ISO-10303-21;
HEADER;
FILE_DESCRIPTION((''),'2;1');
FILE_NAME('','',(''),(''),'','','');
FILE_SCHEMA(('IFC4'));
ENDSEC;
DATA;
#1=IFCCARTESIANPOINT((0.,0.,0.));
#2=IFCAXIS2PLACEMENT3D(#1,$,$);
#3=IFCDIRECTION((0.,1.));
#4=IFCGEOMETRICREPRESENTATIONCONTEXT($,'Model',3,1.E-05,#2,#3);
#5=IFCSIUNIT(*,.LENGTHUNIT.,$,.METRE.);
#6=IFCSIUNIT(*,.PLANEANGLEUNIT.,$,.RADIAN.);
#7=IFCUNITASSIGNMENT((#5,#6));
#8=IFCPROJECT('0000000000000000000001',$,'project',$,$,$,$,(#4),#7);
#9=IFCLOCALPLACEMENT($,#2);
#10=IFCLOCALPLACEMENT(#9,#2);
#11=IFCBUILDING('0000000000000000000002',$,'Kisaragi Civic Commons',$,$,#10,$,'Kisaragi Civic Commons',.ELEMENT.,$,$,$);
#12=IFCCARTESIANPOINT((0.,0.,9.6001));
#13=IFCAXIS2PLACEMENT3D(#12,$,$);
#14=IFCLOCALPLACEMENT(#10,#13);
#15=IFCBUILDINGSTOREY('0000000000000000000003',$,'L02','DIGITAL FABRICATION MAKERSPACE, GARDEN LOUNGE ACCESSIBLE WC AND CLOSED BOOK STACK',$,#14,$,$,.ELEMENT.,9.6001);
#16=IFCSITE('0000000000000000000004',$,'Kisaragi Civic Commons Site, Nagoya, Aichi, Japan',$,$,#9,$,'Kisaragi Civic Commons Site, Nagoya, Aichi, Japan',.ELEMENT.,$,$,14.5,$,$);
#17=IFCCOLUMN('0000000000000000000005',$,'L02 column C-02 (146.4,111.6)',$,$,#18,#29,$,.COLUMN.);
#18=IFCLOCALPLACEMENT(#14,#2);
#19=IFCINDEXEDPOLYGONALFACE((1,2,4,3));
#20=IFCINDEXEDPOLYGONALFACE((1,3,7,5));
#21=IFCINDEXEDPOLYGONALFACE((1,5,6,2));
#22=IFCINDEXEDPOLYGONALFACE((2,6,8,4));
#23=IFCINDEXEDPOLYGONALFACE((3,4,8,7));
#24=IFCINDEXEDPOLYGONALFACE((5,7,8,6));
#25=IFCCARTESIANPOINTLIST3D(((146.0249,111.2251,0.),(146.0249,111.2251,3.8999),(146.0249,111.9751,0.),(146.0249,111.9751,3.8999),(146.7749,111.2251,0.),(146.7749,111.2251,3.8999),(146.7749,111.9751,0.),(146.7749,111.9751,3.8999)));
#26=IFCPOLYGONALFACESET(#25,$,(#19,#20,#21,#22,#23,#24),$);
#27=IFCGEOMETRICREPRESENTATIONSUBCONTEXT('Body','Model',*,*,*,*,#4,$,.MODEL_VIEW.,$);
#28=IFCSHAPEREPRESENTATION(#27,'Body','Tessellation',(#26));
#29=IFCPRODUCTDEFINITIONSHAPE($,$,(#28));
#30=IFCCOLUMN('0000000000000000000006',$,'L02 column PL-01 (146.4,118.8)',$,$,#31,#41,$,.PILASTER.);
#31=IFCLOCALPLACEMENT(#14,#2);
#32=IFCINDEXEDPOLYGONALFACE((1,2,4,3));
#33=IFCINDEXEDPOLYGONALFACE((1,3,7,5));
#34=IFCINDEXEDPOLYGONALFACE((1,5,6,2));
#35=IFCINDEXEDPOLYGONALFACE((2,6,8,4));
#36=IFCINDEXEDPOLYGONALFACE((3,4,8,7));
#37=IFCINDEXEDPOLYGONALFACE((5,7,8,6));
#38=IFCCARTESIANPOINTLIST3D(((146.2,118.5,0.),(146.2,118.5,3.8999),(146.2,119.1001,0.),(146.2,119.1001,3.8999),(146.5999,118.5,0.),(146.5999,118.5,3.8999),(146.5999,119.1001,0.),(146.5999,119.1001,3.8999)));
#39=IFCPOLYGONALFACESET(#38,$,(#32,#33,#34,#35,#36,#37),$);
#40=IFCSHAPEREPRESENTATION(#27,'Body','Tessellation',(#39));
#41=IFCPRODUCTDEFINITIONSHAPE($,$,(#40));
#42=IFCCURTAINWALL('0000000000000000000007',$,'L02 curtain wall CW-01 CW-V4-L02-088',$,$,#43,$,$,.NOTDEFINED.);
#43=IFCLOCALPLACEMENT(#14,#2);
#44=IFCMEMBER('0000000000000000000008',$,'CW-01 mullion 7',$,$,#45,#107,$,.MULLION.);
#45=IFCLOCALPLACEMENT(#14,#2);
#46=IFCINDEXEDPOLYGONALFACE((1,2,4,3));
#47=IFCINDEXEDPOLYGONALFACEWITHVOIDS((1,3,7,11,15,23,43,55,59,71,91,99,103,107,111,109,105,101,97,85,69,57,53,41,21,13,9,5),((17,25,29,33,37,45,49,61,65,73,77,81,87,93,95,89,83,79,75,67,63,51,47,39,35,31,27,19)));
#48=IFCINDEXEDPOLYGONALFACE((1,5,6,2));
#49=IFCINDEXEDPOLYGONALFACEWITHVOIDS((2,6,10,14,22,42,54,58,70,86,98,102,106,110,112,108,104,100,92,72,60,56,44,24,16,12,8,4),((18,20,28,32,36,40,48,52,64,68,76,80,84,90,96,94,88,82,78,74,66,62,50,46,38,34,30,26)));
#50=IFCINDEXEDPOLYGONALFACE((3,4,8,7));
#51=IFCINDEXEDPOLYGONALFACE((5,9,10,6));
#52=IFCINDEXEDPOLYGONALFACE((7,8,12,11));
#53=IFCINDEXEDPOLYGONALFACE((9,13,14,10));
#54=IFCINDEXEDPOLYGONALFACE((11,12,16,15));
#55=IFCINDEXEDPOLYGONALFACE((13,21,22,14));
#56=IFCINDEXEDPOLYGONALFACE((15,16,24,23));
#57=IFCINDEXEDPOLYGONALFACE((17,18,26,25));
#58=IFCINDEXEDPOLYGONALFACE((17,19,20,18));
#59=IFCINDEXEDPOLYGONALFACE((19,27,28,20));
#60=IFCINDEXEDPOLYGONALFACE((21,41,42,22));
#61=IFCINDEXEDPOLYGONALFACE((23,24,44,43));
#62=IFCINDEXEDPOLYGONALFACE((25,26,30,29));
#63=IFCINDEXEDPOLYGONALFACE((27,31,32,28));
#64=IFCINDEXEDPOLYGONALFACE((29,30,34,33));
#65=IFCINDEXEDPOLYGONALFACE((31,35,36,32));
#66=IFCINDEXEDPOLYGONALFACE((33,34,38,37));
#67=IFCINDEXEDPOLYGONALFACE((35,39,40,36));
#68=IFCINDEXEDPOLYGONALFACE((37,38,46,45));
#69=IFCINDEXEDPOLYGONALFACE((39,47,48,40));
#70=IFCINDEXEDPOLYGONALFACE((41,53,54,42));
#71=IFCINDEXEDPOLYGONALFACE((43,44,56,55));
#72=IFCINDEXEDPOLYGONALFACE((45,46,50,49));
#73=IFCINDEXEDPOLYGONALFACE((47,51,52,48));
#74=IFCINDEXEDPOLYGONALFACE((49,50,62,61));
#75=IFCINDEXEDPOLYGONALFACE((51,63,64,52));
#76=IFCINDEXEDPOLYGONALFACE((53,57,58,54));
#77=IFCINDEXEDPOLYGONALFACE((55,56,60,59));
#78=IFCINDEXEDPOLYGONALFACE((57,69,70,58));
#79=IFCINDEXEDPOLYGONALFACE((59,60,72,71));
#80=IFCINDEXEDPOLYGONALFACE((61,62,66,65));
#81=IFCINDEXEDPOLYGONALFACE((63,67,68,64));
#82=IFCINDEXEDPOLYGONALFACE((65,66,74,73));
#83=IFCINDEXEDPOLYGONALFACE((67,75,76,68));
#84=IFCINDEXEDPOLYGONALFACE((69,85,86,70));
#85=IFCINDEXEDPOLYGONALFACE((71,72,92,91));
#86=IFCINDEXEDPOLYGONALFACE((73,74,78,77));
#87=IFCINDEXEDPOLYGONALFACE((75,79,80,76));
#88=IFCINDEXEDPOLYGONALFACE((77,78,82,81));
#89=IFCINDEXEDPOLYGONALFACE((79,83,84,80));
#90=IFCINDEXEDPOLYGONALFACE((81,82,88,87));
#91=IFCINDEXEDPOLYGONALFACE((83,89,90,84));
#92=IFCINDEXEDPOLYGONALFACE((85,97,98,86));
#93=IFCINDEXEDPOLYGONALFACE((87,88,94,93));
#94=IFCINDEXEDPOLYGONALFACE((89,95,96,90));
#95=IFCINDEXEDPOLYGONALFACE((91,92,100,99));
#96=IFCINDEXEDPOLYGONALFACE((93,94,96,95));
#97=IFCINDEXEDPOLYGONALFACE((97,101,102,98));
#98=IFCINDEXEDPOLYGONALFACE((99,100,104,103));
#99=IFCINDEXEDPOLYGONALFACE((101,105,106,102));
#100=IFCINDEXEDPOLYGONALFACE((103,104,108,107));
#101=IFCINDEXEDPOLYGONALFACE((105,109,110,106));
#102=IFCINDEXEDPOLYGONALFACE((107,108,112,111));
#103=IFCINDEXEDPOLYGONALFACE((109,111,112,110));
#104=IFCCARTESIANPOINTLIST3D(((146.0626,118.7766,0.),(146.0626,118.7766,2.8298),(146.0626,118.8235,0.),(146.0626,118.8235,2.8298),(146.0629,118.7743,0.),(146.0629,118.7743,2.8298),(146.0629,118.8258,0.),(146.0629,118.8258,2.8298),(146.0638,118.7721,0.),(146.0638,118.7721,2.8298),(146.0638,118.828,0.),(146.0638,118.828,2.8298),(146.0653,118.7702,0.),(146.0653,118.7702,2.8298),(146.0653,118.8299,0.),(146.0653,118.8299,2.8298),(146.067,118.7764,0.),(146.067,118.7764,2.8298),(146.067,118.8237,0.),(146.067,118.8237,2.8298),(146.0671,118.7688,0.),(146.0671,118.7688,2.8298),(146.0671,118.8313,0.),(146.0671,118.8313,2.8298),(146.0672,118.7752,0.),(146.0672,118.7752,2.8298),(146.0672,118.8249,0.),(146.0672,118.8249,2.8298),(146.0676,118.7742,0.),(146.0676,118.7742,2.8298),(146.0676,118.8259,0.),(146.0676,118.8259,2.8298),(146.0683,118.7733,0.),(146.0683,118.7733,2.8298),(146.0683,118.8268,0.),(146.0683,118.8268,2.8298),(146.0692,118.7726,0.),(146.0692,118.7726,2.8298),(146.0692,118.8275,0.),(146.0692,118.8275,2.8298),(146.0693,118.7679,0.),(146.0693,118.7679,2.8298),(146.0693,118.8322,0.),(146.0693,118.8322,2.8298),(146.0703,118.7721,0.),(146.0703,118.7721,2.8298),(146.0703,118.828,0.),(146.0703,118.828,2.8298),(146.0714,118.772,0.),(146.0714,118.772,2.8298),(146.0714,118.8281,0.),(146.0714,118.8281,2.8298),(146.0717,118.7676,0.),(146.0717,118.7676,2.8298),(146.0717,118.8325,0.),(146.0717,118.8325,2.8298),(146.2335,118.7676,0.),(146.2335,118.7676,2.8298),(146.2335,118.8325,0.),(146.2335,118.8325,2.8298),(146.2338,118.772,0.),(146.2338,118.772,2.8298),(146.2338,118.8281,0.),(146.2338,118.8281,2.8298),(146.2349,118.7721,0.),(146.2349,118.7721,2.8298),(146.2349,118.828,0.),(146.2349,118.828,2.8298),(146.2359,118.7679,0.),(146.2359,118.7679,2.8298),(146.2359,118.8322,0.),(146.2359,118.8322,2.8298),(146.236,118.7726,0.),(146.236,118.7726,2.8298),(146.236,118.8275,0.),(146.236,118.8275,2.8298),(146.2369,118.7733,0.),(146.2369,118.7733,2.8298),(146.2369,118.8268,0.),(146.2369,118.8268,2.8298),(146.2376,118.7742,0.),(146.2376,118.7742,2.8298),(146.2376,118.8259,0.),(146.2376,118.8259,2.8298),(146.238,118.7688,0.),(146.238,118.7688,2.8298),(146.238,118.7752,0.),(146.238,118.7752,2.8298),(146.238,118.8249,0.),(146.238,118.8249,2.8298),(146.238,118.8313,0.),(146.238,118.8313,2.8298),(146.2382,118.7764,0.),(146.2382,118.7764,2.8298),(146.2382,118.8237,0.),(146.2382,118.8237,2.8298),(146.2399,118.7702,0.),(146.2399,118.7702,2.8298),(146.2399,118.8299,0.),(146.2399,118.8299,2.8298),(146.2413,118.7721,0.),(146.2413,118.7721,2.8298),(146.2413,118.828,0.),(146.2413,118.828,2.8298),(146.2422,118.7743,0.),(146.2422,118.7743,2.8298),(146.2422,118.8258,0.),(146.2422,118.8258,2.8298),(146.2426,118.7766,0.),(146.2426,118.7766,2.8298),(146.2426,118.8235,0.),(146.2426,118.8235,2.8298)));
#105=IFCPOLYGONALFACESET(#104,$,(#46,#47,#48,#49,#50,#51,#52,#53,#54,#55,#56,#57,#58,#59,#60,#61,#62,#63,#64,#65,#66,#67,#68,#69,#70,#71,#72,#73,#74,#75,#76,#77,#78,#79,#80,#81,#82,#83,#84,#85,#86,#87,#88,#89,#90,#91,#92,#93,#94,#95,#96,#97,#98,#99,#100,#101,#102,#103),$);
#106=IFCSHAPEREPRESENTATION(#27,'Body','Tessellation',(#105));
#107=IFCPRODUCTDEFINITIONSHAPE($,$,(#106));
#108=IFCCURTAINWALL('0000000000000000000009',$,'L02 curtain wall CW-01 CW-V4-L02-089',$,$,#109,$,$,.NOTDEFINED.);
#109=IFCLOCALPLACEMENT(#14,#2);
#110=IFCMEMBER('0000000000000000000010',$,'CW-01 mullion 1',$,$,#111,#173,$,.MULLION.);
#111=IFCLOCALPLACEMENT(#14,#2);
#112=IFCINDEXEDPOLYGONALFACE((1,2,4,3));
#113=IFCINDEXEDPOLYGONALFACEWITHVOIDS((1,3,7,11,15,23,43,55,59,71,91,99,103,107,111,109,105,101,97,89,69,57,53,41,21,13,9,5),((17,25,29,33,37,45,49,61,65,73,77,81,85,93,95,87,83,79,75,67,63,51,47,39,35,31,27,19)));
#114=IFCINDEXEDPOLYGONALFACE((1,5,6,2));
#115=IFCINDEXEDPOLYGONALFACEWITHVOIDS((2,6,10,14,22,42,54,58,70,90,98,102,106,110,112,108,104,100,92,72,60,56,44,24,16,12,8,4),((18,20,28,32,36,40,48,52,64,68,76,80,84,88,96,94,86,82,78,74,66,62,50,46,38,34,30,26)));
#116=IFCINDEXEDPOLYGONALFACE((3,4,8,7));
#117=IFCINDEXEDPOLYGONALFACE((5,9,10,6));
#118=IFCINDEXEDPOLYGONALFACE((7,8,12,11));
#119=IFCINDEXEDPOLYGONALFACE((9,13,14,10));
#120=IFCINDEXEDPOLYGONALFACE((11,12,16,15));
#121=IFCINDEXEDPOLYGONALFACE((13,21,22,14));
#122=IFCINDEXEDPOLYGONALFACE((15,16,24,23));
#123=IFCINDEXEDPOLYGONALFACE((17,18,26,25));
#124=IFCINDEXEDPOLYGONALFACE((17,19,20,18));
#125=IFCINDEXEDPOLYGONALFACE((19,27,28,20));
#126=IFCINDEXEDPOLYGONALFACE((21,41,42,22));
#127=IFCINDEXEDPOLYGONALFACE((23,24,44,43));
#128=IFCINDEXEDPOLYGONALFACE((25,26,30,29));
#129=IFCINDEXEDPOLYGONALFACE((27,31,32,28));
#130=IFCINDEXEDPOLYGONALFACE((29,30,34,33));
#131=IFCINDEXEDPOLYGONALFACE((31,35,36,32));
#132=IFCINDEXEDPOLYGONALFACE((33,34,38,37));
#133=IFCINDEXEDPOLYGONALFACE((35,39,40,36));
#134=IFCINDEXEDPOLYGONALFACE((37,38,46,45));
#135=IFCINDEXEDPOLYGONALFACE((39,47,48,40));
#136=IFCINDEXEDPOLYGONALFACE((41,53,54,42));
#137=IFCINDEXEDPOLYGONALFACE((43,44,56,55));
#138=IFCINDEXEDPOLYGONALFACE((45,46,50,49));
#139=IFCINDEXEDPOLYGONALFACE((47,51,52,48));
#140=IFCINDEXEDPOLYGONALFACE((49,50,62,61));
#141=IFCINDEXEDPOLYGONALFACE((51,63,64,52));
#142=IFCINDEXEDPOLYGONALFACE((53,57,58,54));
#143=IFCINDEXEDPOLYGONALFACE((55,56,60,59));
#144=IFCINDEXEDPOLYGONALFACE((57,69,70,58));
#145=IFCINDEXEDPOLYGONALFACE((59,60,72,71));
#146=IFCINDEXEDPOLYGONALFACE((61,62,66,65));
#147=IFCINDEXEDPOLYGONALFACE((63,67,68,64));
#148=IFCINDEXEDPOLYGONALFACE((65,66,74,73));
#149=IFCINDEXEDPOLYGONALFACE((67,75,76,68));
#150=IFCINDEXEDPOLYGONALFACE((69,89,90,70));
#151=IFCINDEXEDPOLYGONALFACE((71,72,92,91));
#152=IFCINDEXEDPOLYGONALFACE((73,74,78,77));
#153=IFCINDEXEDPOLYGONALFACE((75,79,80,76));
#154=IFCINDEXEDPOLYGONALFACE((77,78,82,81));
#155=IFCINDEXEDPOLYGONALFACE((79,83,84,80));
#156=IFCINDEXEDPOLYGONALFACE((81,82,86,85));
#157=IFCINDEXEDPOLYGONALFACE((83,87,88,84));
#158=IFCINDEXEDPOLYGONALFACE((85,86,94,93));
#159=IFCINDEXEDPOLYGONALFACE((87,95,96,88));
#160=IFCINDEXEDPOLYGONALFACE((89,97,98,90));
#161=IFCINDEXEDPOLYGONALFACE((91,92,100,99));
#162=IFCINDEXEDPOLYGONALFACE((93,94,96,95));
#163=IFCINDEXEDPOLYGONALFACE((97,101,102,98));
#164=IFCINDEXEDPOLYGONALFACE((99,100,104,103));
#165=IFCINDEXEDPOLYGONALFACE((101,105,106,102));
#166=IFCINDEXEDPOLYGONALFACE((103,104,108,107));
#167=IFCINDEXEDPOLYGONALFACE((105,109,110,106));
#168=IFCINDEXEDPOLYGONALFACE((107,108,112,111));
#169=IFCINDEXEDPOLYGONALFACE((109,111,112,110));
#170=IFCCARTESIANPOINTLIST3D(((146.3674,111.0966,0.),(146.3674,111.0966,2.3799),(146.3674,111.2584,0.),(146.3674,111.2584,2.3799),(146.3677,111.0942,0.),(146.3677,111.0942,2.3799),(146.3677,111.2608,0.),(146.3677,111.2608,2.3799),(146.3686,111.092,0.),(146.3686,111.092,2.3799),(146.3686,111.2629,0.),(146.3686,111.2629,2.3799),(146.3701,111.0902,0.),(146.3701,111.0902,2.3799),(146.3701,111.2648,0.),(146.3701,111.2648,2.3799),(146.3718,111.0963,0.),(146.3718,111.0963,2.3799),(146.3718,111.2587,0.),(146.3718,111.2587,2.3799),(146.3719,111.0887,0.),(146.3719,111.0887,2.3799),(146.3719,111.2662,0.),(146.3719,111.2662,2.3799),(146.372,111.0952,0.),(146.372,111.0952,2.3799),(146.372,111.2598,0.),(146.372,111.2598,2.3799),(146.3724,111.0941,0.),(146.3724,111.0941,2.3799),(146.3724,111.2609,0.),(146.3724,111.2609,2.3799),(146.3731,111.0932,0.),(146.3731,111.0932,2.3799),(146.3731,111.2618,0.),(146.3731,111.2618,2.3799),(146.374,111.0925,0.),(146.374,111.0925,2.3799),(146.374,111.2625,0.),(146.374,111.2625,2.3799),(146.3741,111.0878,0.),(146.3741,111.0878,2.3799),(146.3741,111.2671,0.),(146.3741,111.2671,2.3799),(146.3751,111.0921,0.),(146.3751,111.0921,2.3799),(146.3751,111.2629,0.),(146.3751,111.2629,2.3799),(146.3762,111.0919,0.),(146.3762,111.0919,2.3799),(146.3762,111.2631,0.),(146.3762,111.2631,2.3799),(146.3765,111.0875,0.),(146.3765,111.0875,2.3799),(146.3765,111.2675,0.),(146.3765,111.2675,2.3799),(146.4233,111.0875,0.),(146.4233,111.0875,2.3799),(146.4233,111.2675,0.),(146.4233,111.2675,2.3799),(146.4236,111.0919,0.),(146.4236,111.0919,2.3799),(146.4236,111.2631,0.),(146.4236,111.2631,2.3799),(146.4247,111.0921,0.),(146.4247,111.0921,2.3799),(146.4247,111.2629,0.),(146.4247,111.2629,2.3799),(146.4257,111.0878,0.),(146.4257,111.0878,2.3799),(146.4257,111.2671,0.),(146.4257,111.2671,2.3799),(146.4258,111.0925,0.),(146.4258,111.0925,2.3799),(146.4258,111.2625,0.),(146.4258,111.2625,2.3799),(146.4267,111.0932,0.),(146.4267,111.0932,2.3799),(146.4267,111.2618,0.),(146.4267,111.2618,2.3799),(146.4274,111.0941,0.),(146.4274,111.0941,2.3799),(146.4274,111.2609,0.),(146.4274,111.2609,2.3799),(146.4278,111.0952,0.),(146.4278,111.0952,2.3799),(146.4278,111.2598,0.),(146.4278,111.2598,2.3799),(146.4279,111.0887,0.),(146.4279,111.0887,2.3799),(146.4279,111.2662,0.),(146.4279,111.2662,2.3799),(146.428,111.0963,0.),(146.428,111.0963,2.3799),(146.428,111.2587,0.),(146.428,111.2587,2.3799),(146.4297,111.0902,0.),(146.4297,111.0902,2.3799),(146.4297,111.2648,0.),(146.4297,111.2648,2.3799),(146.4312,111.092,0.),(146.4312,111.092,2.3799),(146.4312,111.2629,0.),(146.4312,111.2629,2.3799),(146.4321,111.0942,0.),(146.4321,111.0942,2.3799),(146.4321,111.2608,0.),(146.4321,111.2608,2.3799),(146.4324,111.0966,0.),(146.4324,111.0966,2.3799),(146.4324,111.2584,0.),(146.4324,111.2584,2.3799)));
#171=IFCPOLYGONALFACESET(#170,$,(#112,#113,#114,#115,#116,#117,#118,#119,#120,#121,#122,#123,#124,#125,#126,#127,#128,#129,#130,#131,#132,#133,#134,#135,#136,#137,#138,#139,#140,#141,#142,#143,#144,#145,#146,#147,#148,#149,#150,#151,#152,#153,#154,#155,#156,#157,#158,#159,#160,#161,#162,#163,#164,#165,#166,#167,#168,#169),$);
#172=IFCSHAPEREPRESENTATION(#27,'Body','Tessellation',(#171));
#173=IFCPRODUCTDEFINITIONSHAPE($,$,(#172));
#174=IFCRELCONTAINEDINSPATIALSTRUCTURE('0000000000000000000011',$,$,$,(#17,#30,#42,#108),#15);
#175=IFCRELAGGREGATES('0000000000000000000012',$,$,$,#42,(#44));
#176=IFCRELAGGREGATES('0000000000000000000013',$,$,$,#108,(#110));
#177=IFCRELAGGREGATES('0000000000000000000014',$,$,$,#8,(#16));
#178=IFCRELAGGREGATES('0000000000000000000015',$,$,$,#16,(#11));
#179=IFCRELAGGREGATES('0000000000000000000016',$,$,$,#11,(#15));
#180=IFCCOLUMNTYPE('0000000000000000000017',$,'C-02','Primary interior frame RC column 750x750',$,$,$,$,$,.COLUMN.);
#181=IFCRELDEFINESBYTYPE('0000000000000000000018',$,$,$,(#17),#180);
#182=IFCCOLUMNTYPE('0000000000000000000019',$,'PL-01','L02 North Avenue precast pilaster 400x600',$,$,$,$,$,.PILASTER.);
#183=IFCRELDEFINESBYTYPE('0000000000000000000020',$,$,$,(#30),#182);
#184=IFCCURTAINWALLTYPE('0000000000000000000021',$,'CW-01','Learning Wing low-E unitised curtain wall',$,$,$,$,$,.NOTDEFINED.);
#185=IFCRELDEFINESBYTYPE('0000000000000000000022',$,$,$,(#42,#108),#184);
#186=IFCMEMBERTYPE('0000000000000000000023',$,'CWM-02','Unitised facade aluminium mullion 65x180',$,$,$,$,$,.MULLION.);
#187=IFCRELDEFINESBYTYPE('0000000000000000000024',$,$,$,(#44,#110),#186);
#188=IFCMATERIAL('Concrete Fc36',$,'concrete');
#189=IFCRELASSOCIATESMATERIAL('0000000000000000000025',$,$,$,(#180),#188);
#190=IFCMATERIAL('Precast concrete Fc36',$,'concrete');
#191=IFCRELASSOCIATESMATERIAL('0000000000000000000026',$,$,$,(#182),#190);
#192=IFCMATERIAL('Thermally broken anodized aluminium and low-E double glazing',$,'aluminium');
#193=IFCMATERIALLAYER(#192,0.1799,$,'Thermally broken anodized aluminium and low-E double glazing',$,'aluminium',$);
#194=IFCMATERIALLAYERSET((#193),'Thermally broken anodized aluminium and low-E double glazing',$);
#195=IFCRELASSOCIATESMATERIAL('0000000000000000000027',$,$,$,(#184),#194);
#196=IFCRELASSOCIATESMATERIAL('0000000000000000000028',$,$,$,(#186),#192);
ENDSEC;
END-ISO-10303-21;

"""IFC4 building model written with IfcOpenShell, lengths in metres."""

from ifc_helpers import new_model, si_unit, direction, frame, origin, origin_2d, place, context, subcontext, project, spatial, rectangle, hollow_rectangle, extrude, material, layer, layer_set, material_profile, profile_set, type_object, element, aggregate, save


model = new_model("IFC4")

# Units and contexts
model_context = context("Model", 3, precision=1e-05, world=origin(), true_north=direction((0.0, 1.0)))
body_context = subcontext(model_context, "Body", "Model", "MODEL_VIEW")
ifc_project = project(units=[si_unit("LENGTHUNIT", "METRE"), si_unit("PLANEANGLEUNIT", "RADIAN")], contexts=[model_context])

# Site, building, storey
site_placement = place(None, origin())
site = spatial("IfcSite", under=ifc_project, at=site_placement, Name="Kisaragi Civic Commons Site, Nagoya, Aichi, Japan", LongName="Kisaragi Civic Commons Site, Nagoya, Aichi, Japan", CompositionType="ELEMENT", RefElevation=14.5)
building_placement = place(site_placement, origin())
building = spatial("IfcBuilding", under=site, at=building_placement, Name="Kisaragi Civic Commons", LongName="Kisaragi Civic Commons", CompositionType="ELEMENT")
storey_placement = place(building_placement, frame((0.0, 0.0, 9.6001)))
storey = spatial("IfcBuildingStorey", under=building, at=storey_placement, Name="L02", Description="DIGITAL FABRICATION MAKERSPACE, GARDEN LOUNGE ACCESSIBLE WC AND CLOSED BOOK STACK", CompositionType="ELEMENT", Elevation=9.6001)

# Columns
ifc_material_1 = material(Name="Concrete Fc36", Category="concrete")
ifc_material_profile_1 = material_profile(ifc_material_1, rectangle(XDim=0.75, YDim=0.75, at=origin_2d()), Name="RC-750x750", Category="concrete")
ifc_profile_set_1 = profile_set([ifc_material_profile_1], Name="Concrete Fc36")
column_type_1 = type_object("IfcColumnType", Name="C-02", Description="Primary interior frame RC column 750x750", PredefinedType="COLUMN", material=ifc_profile_set_1)
column_1_placement = place(storey_placement, frame((146.3999, 111.6001, 0.0), z_axis=(0.0, 0.0, 1.0), x_axis=(1.0, 0.0, 0.0)))
element("IfcColumn", 1, at=column_1_placement, inside=storey, type_object=column_type_1, Name="L02 column C-02 (146.4,111.6)", PredefinedType="COLUMN", context=body_context, shape_type="SweptSolid", body=[
    extrude(rectangle(XDim=0.75, YDim=0.75, at=origin_2d()), origin(), (0.0, 0.0, 1.0), 3.8999),
])
ifc_material_2 = material(Name="Precast concrete Fc36", Category="concrete")
ifc_material_profile_2 = material_profile(ifc_material_2, rectangle(XDim=0.3999, YDim=0.6001, at=origin_2d()), Name="RC-400x600", Category="concrete")
ifc_profile_set_2 = profile_set([ifc_material_profile_2], Name="Precast concrete Fc36")
column_type_2 = type_object("IfcColumnType", Name="PL-01", Description="L02 North Avenue precast pilaster 400x600", PredefinedType="PILASTER", material=ifc_profile_set_2)
column_2_placement = place(storey_placement, frame((146.3999, 118.8, 0.0), z_axis=(0.0, 0.0, 1.0), x_axis=(1.0, 0.0, 0.0)))
element("IfcColumn", 2, at=column_2_placement, inside=storey, type_object=column_type_2, Name="L02 column PL-01 (146.4,118.8)", PredefinedType="PILASTER", context=body_context, shape_type="SweptSolid", body=[
    extrude(rectangle(XDim=0.3999, YDim=0.6001, at=origin_2d()), origin(), (0.0, 0.0, 1.0), 3.8999),
])

# Curtain wall, member
ifc_material_3 = material(Name="Thermally broken anodized aluminium and low-E double glazing", Category="aluminium")
ifc_layer_1 = layer(ifc_material_3, 0.1799, Name="Thermally broken anodized aluminium and low-E double glazing", Category="aluminium")
ifc_layer_set_1 = layer_set([ifc_layer_1], Name="Thermally broken anodized aluminium and low-E double glazing")
curtain_wall_type = type_object("IfcCurtainWallType", Name="CW-01", Description="Learning Wing low-E unitised curtain wall", PredefinedType="NOTDEFINED", material=ifc_layer_set_1)
curtain_wall_1_placement = place(storey_placement, origin())
curtain_wall_1 = element("IfcCurtainWall", 3, at=curtain_wall_1_placement, inside=storey, type_object=curtain_wall_type, Name="L02 curtain wall CW-01 CW-V4-L02-088", PredefinedType="NOTDEFINED")
ifc_material_profile_3 = material_profile(ifc_material_3, hollow_rectangle(XDim=0.0649, YDim=0.1799, WallThickness=0.0044, InnerFilletRadius=0.0044, OuterFilletRadius=0.009, at=origin_2d()), Name="CWM-65x180x4.5", Category="aluminium")
ifc_profile_set_3 = profile_set([ifc_material_profile_3], Name="Thermally broken anodized aluminium and low-E double glazing")
member_type_1 = type_object("IfcMemberType", Name="CWM-02", Description="Unitised facade aluminium mullion 65x180", PredefinedType="MULLION", material=ifc_profile_set_3)
member_1_placement = place(storey_placement, frame((146.1526, 118.8, 0.0), z_axis=(0.0, 0.0, 1.0), x_axis=(0.0, 1.0, 0.0)))
member_1 = element("IfcMember", 4, at=member_1_placement, type_object=member_type_1, Name="CW-01 mullion 7", PredefinedType="MULLION", context=body_context, shape_type="SweptSolid", body=[
    extrude(hollow_rectangle(XDim=0.0649, YDim=0.1799, WallThickness=0.0044, InnerFilletRadius=0.0044, OuterFilletRadius=0.009, at=origin_2d()), origin(), (0.0, 0.0, 1.0), 2.8298),
])

# Curtain wall, member
curtain_wall_2_placement = place(storey_placement, origin())
curtain_wall_2 = element("IfcCurtainWall", 5, at=curtain_wall_2_placement, inside=storey, type_object=curtain_wall_type, Name="L02 curtain wall CW-01 CW-V4-L02-089", PredefinedType="NOTDEFINED")
member_2_placement = place(storey_placement, frame((146.3999, 111.1775, 0.0), z_axis=(0.0, 0.0, 1.0), x_axis=(1.0, 0.0, 0.0)))
member_2 = element("IfcMember", 6, at=member_2_placement, type_object=member_type_1, Name="CW-01 mullion 1", PredefinedType="MULLION", context=body_context, shape_type="SweptSolid", body=[
    extrude(hollow_rectangle(XDim=0.0649, YDim=0.1799, WallThickness=0.0044, InnerFilletRadius=0.0044, OuterFilletRadius=0.009, at=origin_2d()), origin(), (0.0, 0.0, 1.0), 2.3799),
])

aggregate(curtain_wall_1, [member_1])
aggregate(curtain_wall_2, [member_2])

save(model, "model.ifc")
